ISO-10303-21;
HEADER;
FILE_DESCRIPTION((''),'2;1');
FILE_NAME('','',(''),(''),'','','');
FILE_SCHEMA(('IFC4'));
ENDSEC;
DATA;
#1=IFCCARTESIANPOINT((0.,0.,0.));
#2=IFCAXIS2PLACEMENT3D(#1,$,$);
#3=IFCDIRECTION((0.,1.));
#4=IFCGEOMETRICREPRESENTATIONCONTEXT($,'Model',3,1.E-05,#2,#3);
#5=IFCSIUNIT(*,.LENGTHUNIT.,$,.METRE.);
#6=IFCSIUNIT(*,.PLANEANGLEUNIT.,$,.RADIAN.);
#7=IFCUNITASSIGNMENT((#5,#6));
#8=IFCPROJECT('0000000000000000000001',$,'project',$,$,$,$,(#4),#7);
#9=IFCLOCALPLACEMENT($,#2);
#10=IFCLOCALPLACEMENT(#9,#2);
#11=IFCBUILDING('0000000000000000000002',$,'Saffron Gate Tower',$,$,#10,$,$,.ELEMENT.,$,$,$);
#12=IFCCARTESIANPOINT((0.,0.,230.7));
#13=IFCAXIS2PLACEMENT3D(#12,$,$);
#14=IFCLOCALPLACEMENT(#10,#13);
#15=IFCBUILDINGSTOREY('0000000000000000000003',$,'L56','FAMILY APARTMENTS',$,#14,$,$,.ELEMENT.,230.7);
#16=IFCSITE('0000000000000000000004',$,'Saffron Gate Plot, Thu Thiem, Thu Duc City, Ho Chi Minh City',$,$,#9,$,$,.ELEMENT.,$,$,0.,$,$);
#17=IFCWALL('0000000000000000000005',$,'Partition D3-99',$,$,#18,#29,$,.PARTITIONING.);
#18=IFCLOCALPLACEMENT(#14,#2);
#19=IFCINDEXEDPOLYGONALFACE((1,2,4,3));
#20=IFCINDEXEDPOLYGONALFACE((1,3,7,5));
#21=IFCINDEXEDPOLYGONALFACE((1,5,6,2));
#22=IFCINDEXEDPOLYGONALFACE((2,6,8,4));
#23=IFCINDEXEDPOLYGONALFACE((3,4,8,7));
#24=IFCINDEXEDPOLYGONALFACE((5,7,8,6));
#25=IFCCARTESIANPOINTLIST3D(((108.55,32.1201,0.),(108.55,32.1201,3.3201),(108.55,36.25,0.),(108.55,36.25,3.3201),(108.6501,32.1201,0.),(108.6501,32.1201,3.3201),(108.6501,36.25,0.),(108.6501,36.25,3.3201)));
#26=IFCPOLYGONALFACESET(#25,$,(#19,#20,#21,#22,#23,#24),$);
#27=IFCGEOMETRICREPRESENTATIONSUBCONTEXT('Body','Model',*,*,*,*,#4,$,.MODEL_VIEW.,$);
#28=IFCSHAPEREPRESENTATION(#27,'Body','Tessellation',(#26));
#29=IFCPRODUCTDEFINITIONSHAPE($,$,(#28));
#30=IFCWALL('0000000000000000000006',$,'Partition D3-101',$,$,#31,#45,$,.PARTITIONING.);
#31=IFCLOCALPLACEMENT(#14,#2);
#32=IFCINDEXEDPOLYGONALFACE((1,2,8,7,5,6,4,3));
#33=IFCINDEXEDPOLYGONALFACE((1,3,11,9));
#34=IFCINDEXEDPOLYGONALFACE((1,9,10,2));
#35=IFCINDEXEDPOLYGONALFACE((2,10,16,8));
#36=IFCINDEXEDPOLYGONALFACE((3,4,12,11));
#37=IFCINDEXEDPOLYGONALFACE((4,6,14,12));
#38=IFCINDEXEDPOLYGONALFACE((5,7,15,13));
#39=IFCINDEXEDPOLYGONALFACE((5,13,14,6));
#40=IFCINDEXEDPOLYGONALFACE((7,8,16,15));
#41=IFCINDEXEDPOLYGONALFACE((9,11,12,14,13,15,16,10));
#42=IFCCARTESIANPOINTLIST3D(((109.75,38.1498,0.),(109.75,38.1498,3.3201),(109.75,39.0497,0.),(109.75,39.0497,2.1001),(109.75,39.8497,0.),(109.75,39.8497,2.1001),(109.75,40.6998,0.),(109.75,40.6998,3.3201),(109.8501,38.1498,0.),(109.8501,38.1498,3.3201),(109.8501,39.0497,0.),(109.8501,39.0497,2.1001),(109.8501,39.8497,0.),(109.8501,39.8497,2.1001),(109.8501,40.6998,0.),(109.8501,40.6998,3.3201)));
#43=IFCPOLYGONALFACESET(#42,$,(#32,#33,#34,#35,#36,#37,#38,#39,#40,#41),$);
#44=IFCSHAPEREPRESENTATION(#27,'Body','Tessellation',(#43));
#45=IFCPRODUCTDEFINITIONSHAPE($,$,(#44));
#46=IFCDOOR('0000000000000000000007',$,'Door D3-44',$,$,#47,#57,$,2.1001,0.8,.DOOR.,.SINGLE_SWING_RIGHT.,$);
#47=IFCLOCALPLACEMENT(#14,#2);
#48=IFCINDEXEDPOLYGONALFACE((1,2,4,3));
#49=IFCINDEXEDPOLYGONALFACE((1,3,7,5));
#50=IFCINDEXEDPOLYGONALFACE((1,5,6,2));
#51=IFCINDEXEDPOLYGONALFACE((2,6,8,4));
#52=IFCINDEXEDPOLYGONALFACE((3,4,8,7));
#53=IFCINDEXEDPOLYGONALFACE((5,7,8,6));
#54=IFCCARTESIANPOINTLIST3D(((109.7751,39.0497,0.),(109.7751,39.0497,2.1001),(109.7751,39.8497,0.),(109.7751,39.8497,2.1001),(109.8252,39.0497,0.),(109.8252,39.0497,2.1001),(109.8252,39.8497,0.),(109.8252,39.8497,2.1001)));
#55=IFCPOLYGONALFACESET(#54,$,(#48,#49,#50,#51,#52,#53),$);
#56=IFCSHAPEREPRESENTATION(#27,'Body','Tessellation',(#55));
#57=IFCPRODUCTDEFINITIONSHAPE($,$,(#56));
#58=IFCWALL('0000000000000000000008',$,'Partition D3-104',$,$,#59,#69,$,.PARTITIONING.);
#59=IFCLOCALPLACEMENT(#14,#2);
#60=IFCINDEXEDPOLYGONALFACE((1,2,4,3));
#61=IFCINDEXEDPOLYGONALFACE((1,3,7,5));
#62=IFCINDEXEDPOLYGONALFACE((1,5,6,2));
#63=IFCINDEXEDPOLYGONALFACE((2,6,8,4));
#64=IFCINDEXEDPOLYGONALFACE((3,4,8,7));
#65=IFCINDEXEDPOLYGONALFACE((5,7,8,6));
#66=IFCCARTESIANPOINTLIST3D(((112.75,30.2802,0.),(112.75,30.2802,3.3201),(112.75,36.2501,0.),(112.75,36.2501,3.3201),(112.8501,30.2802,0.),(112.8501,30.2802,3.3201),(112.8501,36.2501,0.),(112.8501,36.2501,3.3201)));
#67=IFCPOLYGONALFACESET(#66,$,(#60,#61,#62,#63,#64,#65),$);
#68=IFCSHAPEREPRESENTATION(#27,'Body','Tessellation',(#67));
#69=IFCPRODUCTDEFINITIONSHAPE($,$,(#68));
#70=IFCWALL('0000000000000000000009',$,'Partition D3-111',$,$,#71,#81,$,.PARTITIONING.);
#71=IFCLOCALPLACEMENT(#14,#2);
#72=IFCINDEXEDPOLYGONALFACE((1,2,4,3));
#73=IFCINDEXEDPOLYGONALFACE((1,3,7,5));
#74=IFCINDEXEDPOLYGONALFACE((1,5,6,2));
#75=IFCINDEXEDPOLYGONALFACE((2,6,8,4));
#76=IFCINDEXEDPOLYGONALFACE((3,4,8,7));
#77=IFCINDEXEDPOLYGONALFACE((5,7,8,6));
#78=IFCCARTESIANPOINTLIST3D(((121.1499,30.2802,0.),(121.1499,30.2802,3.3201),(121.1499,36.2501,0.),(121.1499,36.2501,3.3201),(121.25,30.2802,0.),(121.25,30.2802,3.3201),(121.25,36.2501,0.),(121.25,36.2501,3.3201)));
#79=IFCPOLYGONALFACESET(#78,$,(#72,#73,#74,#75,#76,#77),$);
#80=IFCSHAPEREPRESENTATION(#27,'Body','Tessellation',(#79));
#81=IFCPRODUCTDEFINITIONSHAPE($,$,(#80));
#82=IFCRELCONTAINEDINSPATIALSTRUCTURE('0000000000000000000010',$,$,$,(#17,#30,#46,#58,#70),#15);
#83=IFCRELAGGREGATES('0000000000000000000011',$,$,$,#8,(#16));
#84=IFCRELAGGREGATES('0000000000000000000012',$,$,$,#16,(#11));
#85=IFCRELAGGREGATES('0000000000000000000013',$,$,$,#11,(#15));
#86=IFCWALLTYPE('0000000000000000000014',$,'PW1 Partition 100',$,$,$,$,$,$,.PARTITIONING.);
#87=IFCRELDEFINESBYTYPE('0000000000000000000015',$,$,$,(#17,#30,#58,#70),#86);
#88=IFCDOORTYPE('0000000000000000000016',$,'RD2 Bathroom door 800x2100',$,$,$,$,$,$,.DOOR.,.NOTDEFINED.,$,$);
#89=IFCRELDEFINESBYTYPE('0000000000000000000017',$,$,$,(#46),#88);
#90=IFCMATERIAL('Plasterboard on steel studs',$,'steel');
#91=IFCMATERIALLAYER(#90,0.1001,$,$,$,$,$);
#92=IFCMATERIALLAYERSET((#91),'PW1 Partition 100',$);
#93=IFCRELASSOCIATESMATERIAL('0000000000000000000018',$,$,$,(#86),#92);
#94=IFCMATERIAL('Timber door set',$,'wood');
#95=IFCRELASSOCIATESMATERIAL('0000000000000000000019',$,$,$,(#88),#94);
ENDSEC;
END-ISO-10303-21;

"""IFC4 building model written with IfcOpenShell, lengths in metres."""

from ifc_helpers import new_model, si_unit, direction, frame, frame_2d, origin, place, context, subcontext, project, spatial, rectangle, extrude, material, layer, layer_set, type_object, element, fill, save


model = new_model("IFC4")

# Units and contexts
model_context = context("Model", 3, precision=1e-05, world=origin(), true_north=direction((0.0, 1.0)))
body_context = subcontext(model_context, "Body", "Model", "MODEL_VIEW")
ifc_project = project(units=[si_unit("LENGTHUNIT", "METRE"), si_unit("PLANEANGLEUNIT", "RADIAN")], contexts=[model_context])

# Site, building, storey
site_placement = place(None, origin())
site = spatial("IfcSite", under=ifc_project, at=site_placement, Name="Saffron Gate Plot, Thu Thiem, Thu Duc City, Ho Chi Minh City", CompositionType="ELEMENT", RefElevation=0.0)
building_placement = place(site_placement, origin())
building = spatial("IfcBuilding", under=site, at=building_placement, Name="Saffron Gate Tower", CompositionType="ELEMENT")
storey_placement = place(building_placement, frame((0.0, 0.0, 230.7)))
storey = spatial("IfcBuildingStorey", under=building, at=storey_placement, Name="L56", Description="FAMILY APARTMENTS", CompositionType="ELEMENT", Elevation=230.7)

# Shared definitions
ifc_material_1 = material(Name="Plasterboard on steel studs", Category="steel")
ifc_layer = layer(ifc_material_1, 0.1001)
ifc_layer_set = layer_set([ifc_layer], Name="PW1 Partition 100")
wall_type = type_object("IfcWallType", Name="PW1 Partition 100", PredefinedType="PARTITIONING", material=ifc_layer_set)
ifc_material_2 = material(Name="Timber door set", Category="wood")

# Wall
wall_1_placement = place(storey_placement, frame((108.6001, 36.25, 0.0), z_axis=(0.0, 0.0, 1.0), x_axis=(0.0, -1.0, 0.0)))
element("IfcWall", 1, at=wall_1_placement, inside=storey, type_object=wall_type, Name="Partition D3-99", PredefinedType="PARTITIONING", context=body_context, shape_type="SweptSolid", body=[
    extrude(rectangle(XDim=4.1299, YDim=0.1001, at=frame_2d((2.0649, 0.0))), origin(), (0.0, 0.0, 1.0), 3.3201),
])

# Wall, opening, door
wall_2_placement = place(storey_placement, frame((109.8, 38.1499, 0.0), z_axis=(0.0, 0.0, 1.0), x_axis=(0.0, 1.0, 0.0)))
wall_2 = element("IfcWall", 2, at=wall_2_placement, inside=storey, type_object=wall_type, Name="Partition D3-101", PredefinedType="PARTITIONING", context=body_context, shape_type="SweptSolid", body=[
    extrude(rectangle(XDim=2.55, YDim=0.1001, at=frame_2d((1.2749, 0.0))), origin(), (0.0, 0.0, 1.0), 3.3201),
])
opening_1_placement = place(wall_2_placement, frame((0.8999, 0.0, 0.0)))
opening_1 = element("IfcOpeningElement", 3, at=opening_1_placement, cuts=wall_2, PredefinedType="OPENING", context=body_context, shape_type="SweptSolid", body=[
    extrude(rectangle(XDim=0.8, YDim=2.1001, at=frame_2d((0.3999, 1.05))), frame((0.0, 0.0601, 0.0), z_axis=(0.0, -1.0, 0.0), x_axis=(1.0, 0.0, 0.0)), (0.0, 0.0, 1.0), 0.1201),
])
door_type_1 = type_object("IfcDoorType", Name="RD2 Bathroom door 800x2100", OperationType="NOTDEFINED", PredefinedType="DOOR", material=ifc_material_2)
door_1_placement = place(opening_1_placement, origin())
door_1 = element("IfcDoor", 4, at=door_1_placement, inside=storey, type_object=door_type_1, Name="Door D3-44", OperationType="SINGLE_SWING_RIGHT", OverallHeight=2.1001, OverallWidth=0.8, PredefinedType="DOOR", context=body_context, shape_type="SweptSolid", body=[
    extrude(rectangle(XDim=0.8, YDim=2.1001, at=frame_2d((0.3999, 1.05))), frame((0.0, 0.0249, 0.0), z_axis=(0.0, -1.0, 0.0), x_axis=(1.0, 0.0, 0.0)), (0.0, 0.0, 1.0), 0.05),
])
fill(opening_1, door_1)

# Walls
for number, where, z_axis, x_axis, name in (
    (5, (112.8, 36.25, 0.0), (0.0, 0.0, 1.0), (0.0, -1.0, 0.0), "Partition D3-104"),
    (6, (121.2, 36.25, 0.0), (0.0, 0.0, 1.0), (0.0, -1.0, 0.0), "Partition D3-111"),
):
    element("IfcWall", number, at=place(storey_placement, frame(where, z_axis=z_axis, x_axis=x_axis)), inside=storey, type_object=wall_type, Name=name, PredefinedType="PARTITIONING", context=body_context, shape_type="SweptSolid", body=[
        extrude(rectangle(XDim=5.97, YDim=0.1001, at=frame_2d((2.9849, 0.0))), origin(), (0.0, 0.0, 1.0), 3.3201),
    ])

save(model, "model.ifc")
